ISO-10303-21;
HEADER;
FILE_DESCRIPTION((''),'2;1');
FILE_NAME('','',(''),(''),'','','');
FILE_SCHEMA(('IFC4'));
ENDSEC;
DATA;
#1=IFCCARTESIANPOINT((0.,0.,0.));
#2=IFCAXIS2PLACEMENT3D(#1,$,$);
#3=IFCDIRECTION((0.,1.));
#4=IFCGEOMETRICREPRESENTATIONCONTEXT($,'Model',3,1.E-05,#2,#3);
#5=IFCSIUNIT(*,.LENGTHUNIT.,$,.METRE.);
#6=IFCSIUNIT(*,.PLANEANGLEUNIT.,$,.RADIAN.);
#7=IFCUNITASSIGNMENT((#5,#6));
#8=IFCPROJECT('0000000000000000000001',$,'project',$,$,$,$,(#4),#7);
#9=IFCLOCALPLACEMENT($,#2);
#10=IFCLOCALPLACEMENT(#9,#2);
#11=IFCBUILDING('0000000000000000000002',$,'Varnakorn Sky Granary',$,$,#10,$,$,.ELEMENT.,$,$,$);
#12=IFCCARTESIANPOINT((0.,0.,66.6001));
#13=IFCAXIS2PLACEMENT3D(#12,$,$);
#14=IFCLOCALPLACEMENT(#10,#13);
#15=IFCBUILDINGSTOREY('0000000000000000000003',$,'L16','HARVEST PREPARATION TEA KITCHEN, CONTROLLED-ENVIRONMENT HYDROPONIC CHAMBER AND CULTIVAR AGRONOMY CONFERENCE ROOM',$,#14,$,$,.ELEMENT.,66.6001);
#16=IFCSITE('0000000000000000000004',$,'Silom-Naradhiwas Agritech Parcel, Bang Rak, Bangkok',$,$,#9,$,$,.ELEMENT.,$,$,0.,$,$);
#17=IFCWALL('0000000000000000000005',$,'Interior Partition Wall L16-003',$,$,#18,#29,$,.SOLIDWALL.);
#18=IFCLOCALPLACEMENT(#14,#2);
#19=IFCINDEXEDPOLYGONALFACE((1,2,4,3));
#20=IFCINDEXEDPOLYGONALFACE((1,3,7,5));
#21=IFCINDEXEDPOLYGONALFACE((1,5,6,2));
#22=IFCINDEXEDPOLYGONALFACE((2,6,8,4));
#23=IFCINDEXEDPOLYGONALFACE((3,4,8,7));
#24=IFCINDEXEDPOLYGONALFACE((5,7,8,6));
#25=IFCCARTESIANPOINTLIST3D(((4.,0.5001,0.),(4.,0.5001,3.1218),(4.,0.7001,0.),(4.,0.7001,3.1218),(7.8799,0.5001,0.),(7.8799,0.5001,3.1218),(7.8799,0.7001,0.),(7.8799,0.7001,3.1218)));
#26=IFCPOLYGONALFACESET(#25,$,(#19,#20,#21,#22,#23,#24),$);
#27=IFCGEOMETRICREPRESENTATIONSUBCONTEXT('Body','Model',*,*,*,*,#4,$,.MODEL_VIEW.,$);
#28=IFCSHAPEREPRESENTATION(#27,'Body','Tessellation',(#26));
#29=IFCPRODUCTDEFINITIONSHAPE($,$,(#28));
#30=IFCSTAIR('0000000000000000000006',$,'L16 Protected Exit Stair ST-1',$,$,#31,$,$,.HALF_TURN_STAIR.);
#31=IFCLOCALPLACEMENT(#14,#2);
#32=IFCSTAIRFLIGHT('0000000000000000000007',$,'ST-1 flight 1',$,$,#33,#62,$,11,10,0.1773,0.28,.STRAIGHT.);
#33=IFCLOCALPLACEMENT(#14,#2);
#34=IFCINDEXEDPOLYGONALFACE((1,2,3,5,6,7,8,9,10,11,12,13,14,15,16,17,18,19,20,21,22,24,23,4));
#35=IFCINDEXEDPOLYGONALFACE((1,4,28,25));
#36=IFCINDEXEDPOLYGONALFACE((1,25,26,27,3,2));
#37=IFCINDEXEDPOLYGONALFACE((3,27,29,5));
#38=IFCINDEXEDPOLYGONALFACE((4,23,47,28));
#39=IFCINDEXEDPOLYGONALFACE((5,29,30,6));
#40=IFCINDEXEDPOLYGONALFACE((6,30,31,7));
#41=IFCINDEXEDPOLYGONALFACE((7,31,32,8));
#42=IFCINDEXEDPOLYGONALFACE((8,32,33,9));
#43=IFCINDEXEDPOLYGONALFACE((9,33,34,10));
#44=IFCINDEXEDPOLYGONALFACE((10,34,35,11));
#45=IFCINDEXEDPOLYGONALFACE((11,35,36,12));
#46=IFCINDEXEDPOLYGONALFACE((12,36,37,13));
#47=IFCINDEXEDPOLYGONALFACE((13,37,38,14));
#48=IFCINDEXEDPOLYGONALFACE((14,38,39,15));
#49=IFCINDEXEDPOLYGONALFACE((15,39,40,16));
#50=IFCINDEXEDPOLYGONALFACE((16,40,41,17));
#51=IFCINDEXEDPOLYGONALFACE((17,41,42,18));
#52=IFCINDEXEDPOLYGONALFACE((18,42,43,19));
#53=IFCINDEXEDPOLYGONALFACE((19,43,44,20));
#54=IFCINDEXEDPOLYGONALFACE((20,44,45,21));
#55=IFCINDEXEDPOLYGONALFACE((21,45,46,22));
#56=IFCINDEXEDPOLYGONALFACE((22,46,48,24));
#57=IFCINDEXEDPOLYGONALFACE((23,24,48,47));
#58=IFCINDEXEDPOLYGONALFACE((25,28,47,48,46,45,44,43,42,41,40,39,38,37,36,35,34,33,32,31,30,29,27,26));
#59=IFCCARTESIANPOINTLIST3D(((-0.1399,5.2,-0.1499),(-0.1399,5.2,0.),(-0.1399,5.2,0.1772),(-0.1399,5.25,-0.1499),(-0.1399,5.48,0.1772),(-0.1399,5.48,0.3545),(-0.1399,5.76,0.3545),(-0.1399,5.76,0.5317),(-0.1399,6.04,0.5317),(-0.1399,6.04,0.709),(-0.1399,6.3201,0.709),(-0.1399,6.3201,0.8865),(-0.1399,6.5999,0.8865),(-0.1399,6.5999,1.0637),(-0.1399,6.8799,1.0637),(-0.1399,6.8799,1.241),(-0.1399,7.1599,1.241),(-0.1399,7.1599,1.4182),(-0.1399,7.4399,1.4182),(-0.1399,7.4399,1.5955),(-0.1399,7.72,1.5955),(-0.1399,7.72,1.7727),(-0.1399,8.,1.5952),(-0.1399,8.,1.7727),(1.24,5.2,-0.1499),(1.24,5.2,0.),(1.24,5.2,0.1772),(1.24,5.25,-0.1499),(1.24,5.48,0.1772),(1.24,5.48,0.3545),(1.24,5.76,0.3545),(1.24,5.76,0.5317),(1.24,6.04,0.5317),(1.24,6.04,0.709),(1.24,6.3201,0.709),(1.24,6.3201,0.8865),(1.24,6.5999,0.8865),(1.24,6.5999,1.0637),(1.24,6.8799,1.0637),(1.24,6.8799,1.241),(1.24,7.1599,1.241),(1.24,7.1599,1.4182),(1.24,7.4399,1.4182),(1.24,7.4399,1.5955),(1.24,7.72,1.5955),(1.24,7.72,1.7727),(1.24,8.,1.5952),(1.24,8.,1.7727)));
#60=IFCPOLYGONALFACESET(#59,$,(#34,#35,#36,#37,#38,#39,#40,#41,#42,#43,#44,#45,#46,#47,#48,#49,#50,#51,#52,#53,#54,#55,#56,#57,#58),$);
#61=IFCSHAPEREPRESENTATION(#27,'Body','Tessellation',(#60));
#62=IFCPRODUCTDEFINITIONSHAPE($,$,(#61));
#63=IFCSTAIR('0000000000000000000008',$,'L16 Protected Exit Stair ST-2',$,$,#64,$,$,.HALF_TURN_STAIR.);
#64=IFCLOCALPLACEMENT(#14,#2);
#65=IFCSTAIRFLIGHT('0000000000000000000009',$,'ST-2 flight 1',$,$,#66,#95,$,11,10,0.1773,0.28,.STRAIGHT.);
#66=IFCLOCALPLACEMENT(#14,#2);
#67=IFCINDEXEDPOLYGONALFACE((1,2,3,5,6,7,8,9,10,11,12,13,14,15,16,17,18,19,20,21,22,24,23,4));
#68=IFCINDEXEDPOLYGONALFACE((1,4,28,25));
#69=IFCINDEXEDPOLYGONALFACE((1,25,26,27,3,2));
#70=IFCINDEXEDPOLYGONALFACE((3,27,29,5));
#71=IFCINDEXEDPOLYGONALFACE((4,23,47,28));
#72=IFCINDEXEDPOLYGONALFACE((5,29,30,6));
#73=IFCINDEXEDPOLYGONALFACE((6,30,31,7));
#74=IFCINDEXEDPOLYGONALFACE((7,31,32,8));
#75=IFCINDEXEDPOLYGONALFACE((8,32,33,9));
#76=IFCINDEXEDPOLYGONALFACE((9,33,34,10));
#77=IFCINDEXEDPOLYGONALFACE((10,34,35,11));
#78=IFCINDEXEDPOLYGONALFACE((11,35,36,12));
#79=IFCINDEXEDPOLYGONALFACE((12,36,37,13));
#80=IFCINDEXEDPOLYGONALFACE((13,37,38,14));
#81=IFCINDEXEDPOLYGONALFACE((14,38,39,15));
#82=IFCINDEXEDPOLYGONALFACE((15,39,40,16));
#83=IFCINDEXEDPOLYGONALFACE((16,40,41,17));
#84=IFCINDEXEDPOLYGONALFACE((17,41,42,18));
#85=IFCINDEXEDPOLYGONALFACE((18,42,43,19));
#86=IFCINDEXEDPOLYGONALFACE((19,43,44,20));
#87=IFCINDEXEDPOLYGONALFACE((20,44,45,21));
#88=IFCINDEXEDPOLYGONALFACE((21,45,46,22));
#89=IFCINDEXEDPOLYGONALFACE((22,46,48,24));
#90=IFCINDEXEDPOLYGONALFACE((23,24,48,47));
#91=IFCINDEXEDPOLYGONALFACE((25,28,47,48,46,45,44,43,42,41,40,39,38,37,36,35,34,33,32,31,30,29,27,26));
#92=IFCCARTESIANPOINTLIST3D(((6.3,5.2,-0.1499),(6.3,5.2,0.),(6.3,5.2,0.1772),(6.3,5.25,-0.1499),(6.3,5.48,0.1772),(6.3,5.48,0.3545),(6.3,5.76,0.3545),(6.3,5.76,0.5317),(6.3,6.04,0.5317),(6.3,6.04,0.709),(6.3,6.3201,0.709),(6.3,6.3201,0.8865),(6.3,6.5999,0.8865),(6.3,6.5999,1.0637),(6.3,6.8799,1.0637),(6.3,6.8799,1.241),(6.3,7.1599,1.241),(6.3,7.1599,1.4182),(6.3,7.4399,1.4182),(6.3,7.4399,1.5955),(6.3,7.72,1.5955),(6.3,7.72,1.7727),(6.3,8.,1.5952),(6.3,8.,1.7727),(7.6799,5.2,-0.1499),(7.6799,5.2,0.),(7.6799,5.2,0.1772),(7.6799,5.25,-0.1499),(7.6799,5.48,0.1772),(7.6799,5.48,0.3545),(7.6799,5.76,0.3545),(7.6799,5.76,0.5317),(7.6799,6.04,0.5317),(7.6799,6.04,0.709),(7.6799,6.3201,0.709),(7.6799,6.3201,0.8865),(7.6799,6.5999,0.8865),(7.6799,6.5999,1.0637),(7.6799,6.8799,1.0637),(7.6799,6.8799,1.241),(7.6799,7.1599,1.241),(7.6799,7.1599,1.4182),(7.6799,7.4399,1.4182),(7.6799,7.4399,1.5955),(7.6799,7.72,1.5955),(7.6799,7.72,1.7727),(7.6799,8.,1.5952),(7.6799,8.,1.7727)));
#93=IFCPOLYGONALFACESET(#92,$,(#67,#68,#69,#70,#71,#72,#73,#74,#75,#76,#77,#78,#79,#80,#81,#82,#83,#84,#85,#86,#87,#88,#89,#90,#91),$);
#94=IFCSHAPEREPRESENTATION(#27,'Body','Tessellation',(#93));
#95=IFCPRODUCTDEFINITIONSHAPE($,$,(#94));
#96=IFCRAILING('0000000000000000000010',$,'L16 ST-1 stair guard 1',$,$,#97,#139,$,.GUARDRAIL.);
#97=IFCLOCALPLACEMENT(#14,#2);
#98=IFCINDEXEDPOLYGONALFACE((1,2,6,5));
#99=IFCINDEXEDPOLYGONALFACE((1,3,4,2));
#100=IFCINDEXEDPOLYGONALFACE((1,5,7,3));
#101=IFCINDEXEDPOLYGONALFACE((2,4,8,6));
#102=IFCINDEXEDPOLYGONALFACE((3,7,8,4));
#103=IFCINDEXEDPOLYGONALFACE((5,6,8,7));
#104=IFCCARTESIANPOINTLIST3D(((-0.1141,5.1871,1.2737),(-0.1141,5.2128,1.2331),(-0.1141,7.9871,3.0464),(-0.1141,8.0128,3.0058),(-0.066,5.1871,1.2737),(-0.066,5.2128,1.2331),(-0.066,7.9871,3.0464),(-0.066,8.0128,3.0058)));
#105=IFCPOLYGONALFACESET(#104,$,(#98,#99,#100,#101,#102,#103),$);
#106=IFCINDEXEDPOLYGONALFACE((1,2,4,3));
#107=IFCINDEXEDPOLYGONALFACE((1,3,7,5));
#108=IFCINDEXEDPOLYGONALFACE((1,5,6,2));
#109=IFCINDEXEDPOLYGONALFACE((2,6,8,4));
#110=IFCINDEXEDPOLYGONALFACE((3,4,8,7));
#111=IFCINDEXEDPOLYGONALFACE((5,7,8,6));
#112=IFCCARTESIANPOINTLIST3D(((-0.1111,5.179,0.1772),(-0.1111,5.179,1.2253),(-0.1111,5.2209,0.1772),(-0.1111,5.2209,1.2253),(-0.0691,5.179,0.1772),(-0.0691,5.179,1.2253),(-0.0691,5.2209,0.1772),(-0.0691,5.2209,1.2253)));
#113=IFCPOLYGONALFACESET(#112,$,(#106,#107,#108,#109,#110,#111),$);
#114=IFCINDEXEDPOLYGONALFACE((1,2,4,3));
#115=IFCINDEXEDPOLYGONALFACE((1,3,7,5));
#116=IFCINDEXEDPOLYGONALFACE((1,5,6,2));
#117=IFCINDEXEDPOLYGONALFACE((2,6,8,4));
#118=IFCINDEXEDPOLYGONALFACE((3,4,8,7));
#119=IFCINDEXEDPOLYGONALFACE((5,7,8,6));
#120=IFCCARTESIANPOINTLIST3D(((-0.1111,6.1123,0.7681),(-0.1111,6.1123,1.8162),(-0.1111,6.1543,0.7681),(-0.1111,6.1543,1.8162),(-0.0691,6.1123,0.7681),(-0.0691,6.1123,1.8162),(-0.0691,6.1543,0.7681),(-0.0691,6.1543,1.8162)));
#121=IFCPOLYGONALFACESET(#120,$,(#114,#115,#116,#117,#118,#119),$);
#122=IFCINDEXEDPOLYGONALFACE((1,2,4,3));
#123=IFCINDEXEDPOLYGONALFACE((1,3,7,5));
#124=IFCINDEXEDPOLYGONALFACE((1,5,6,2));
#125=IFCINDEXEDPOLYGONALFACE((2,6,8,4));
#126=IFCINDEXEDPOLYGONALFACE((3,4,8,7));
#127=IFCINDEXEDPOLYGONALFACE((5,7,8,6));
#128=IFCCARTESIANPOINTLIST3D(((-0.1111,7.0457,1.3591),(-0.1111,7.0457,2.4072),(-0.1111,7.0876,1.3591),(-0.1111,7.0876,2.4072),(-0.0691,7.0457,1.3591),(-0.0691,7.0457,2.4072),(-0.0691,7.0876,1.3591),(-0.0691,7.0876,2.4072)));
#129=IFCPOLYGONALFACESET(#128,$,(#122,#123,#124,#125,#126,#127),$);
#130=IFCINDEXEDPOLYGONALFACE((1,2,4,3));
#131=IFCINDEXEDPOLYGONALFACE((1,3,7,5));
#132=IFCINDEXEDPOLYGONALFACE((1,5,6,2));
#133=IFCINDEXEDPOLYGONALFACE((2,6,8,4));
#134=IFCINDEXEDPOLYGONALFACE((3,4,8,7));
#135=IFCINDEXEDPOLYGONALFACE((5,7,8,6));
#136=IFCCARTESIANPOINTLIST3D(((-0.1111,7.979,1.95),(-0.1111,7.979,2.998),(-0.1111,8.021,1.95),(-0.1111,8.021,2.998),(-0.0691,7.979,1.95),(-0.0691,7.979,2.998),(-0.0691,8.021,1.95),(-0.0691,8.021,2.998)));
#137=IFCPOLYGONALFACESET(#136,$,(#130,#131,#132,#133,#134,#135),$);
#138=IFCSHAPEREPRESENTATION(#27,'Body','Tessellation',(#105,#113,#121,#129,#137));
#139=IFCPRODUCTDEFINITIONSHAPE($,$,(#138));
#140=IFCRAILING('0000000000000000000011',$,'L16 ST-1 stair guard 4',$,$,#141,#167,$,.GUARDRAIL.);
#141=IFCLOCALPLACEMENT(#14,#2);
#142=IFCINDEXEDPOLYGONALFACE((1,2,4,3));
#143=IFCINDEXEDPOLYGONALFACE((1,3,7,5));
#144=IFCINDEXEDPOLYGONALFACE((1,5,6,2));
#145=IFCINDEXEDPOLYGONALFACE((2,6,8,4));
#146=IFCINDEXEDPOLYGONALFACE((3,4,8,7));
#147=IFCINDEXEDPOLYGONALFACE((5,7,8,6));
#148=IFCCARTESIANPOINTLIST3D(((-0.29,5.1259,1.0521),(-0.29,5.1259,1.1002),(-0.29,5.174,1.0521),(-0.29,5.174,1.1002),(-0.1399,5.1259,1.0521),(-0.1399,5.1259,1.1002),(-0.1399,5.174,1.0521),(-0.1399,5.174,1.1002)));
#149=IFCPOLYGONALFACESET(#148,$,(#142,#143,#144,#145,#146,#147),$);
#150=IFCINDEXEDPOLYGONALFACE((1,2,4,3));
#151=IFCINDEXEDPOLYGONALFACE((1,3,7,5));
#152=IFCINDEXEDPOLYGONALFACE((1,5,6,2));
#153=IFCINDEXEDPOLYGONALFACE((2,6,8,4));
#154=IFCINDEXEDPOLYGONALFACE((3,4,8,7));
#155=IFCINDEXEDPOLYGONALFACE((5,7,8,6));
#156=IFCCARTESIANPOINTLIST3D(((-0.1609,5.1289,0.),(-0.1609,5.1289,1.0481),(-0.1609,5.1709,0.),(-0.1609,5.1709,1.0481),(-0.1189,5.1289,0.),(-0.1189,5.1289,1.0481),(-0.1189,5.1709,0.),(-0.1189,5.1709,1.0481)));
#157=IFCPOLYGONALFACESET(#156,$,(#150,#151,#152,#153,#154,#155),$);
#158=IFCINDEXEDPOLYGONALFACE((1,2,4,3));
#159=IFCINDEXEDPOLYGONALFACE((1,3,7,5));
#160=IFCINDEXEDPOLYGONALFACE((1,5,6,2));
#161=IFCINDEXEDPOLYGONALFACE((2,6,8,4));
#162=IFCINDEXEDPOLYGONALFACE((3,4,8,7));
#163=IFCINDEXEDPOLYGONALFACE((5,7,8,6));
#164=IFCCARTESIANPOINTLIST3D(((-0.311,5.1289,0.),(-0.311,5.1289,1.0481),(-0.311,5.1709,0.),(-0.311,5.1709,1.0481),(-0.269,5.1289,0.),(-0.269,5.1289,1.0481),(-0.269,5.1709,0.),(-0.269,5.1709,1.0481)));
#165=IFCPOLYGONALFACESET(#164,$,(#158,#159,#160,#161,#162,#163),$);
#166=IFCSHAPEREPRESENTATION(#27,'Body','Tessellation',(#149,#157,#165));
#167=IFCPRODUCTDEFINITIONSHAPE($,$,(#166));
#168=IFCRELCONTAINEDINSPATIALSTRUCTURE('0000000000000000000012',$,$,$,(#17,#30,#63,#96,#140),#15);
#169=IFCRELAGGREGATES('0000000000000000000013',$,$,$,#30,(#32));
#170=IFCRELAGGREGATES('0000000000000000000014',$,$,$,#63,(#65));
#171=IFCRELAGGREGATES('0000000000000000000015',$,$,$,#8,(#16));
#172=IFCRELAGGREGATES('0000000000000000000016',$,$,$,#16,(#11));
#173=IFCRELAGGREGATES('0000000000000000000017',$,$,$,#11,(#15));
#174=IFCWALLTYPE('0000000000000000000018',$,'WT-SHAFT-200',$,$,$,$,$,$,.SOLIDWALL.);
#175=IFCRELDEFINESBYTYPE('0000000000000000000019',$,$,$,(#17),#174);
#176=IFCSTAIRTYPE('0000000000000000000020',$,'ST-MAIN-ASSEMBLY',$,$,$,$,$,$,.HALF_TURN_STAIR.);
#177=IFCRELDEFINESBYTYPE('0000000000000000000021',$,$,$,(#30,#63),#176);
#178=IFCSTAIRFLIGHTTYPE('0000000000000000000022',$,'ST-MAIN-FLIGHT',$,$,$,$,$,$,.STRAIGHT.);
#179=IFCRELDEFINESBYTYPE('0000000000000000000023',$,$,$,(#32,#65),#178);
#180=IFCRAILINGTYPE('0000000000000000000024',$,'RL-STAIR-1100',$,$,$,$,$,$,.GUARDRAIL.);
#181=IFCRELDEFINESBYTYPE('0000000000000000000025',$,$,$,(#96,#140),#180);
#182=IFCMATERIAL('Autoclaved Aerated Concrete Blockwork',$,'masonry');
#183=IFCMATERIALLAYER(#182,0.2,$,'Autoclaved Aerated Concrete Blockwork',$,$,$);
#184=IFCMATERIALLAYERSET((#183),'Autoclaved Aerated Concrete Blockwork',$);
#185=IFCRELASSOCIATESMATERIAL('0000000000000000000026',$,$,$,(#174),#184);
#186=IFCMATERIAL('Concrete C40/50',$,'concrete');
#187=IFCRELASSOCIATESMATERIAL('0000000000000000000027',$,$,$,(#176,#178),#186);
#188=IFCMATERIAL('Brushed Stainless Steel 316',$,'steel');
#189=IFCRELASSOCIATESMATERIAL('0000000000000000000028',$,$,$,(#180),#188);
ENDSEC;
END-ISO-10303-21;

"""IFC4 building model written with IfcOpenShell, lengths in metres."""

from ifc_helpers import new_model, si_unit, direction, frame, frame_2d, origin, origin_2d, place, context, subcontext, project, spatial, polyline, rectangle, outline, extrude, material, layer, layer_set, type_object, element, aggregate, save


model = new_model("IFC4")

# Units and contexts
model_context = context("Model", 3, precision=1e-05, world=origin(), true_north=direction((0.0, 1.0)))
body_context = subcontext(model_context, "Body", "Model", "MODEL_VIEW")
ifc_project = project(units=[si_unit("LENGTHUNIT", "METRE"), si_unit("PLANEANGLEUNIT", "RADIAN")], contexts=[model_context])

# Site, building, storey
site_placement = place(None, origin())
site = spatial("IfcSite", under=ifc_project, at=site_placement, Name="Silom-Naradhiwas Agritech Parcel, Bang Rak, Bangkok", CompositionType="ELEMENT", RefElevation=0.0)
building_placement = place(site_placement, origin())
building = spatial("IfcBuilding", under=site, at=building_placement, Name="Varnakorn Sky Granary", CompositionType="ELEMENT")
storey_placement = place(building_placement, frame((0.0, 0.0, 66.6001)))
storey = spatial("IfcBuildingStorey", under=building, at=storey_placement, Name="L16", Description="HARVEST PREPARATION TEA KITCHEN, CONTROLLED-ENVIRONMENT HYDROPONIC CHAMBER AND CULTIVAR AGRONOMY CONFERENCE ROOM", CompositionType="ELEMENT", Elevation=66.6001)

# Shared definitions
ifc_material_1 = material(Name="Autoclaved Aerated Concrete Blockwork", Category="masonry")

# Wall
ifc_layer_1 = layer(ifc_material_1, 0.2, Name="Autoclaved Aerated Concrete Blockwork")
ifc_layer_set_1 = layer_set([ifc_layer_1], Name="Autoclaved Aerated Concrete Blockwork")
wall_type_1 = type_object("IfcWallType", Name="WT-SHAFT-200", PredefinedType="SOLIDWALL", material=ifc_layer_set_1)
wall_1_placement = place(storey_placement, frame((4.0, 0.6001, 0.0), z_axis=(0.0, 0.0, 1.0), x_axis=(1.0, 0.0, 0.0)))
element("IfcWall", 1, at=wall_1_placement, inside=storey, type_object=wall_type_1, Name="Interior Partition Wall L16-003", PredefinedType="SOLIDWALL", context=body_context, shape_type="SweptSolid", body=[
    extrude(rectangle(XDim=3.8799, YDim=0.2, at=frame_2d((1.9399, 0.0))), origin(), (0.0, 0.0, 1.0), 3.1218),
])

# Stairs, stair flights
ifc_material_2 = material(Name="Concrete C40/50", Category="concrete")
stair_type = type_object("IfcStairType", Name="ST-MAIN-ASSEMBLY", PredefinedType="HALF_TURN_STAIR", material=ifc_material_2)
stair_1_placement = place(storey_placement, origin())
stair_1 = element("IfcStair", 2, at=stair_1_placement, inside=storey, type_object=stair_type, Name="L16 Protected Exit Stair ST-1", PredefinedType="HALF_TURN_STAIR")
stair_flight_type = type_object("IfcStairFlightType", Name="ST-MAIN-FLIGHT", PredefinedType="STRAIGHT", material=ifc_material_2)
stair_flight_1_placement = place(storey_placement, frame((0.55, 5.2, 0.0), z_axis=(0.0, 0.0, 1.0), x_axis=(0.0, 1.0, 0.0)))
stair_flight_1 = element("IfcStairFlight", 3, at=stair_flight_1_placement, type_object=stair_flight_type, Name="ST-1 flight 1", NumberOfRisers=11, NumberOfTreads=10, PredefinedType="STRAIGHT", RiserHeight=0.1773, TreadLength=0.28, context=body_context, shape_type="SweptSolid", body=[
    extrude(outline(polyline([(0.0, -0.1499), (0.0, 0.0), (0.0, 0.1772), (0.28, 0.1772), (0.28, 0.3545), (0.5601, 0.3545), (0.5601, 0.5317), (0.8401, 0.5317), (0.8401, 0.709), (1.1201, 0.709), (1.1201, 0.8865), (1.3999, 0.8865), (1.3999, 1.0637), (1.6799, 1.0637), (1.6799, 1.241), (1.96, 1.241), (1.96, 1.4182), (2.24, 1.4182), (2.24, 1.5955), (2.52, 1.5955), (2.52, 1.7727), (2.8, 1.7727), (2.8, 1.95), (2.8, 1.5952), (0.05, -0.1499), (0.0, -0.1499)])), frame((0.0, 0.6899, 0.0), z_axis=(0.0, -1.0, 0.0), x_axis=(1.0, 0.0, 0.0)), (0.0, 0.0, 1.0), 1.3799),
])
aggregate(stair_1, [stair_flight_1])
stair_2_placement = place(storey_placement, origin())
stair_2 = element("IfcStair", 4, at=stair_2_placement, inside=storey, type_object=stair_type, Name="L16 Protected Exit Stair ST-2", PredefinedType="HALF_TURN_STAIR")
stair_flight_2_placement = place(storey_placement, frame((6.99, 5.2, 0.0), z_axis=(0.0, 0.0, 1.0), x_axis=(0.0, 1.0, 0.0)))
stair_flight_2 = element("IfcStairFlight", 5, at=stair_flight_2_placement, type_object=stair_flight_type, Name="ST-2 flight 1", NumberOfRisers=11, NumberOfTreads=10, PredefinedType="STRAIGHT", RiserHeight=0.1773, TreadLength=0.28, context=body_context, shape_type="SweptSolid", body=[
    extrude(outline(polyline([(0.0, -0.1499), (0.0, 0.0), (0.0, 0.1772), (0.28, 0.1772), (0.28, 0.3545), (0.5601, 0.3545), (0.5601, 0.5317), (0.8401, 0.5317), (0.8401, 0.709), (1.1201, 0.709), (1.1201, 0.8865), (1.3999, 0.8865), (1.3999, 1.0637), (1.6799, 1.0637), (1.6799, 1.241), (1.96, 1.241), (1.96, 1.4182), (2.24, 1.4182), (2.24, 1.5955), (2.52, 1.5955), (2.52, 1.7727), (2.8, 1.7727), (2.8, 1.95), (2.8, 1.5952), (0.05, -0.1499), (0.0, -0.1499)])), frame((0.0, 0.6899, 0.0), z_axis=(0.0, -1.0, 0.0), x_axis=(1.0, 0.0, 0.0)), (0.0, 0.0, 1.0), 1.3799),
])
aggregate(stair_2, [stair_flight_2])

# Railings
ifc_material_3 = material(Name="Brushed Stainless Steel 316", Category="steel")
railing_type_1 = type_object("IfcRailingType", Name="RL-STAIR-1100", PredefinedType="GUARDRAIL", material=ifc_material_3)
railing_1_placement = place(storey_placement, frame((-0.0901, 5.2, 0.1772)))
element("IfcRailing", 6, at=railing_1_placement, inside=storey, type_object=railing_type_1, Name="L16 ST-1 stair guard 1", PredefinedType="GUARDRAIL", context=body_context, shape_type="SweptSolid", body=[
    extrude(rectangle(XDim=0.0481, YDim=0.0481, at=origin_2d()), frame((0.0, 0.0, 1.0762), z_axis=(0.0, 0.844909, 0.53491), x_axis=(-1.0, 0.0, 0.0)), (0.0, 0.0, 1.0), 3.314),
    extrude(rectangle(XDim=0.042, YDim=0.042, at=origin_2d()), origin(), (0.0, 0.0, 1.0), 1.0481),
    extrude(rectangle(XDim=0.042, YDim=0.042, at=origin_2d()), frame((0.0, 0.9333, 0.5908)), (0.0, 0.0, 1.0), 1.0481),
    extrude(rectangle(XDim=0.042, YDim=0.042, at=origin_2d()), frame((0.0, 1.8667, 1.1819)), (0.0, 0.0, 1.0), 1.0481),
    extrude(rectangle(XDim=0.042, YDim=0.042, at=origin_2d()), frame((0.0, 2.8, 1.7727)), (0.0, 0.0, 1.0), 1.0481),
])
railing_2_placement = place(storey_placement, frame((-0.1399, 5.1499, 0.0)))
element("IfcRailing", 7, at=railing_2_placement, inside=storey, type_object=railing_type_1, Name="L16 ST-1 stair guard 4", PredefinedType="GUARDRAIL", context=body_context, shape_type="SweptSolid", body=[
    extrude(rectangle(XDim=0.0481, YDim=0.0481, at=origin_2d()), frame((0.0, 0.0, 1.0762), z_axis=(-1.0, 0.0, 0.0), x_axis=(0.0, -1.0, 0.0)), (0.0, 0.0, 1.0), 0.1501),
    extrude(rectangle(XDim=0.042, YDim=0.042, at=origin_2d()), origin(), (0.0, 0.0, 1.0), 1.0481),
    extrude(rectangle(XDim=0.042, YDim=0.042, at=origin_2d()), frame((-0.1501, 0.0, 0.0)), (0.0, 0.0, 1.0), 1.0481),
])

save(model, "model.ifc")
